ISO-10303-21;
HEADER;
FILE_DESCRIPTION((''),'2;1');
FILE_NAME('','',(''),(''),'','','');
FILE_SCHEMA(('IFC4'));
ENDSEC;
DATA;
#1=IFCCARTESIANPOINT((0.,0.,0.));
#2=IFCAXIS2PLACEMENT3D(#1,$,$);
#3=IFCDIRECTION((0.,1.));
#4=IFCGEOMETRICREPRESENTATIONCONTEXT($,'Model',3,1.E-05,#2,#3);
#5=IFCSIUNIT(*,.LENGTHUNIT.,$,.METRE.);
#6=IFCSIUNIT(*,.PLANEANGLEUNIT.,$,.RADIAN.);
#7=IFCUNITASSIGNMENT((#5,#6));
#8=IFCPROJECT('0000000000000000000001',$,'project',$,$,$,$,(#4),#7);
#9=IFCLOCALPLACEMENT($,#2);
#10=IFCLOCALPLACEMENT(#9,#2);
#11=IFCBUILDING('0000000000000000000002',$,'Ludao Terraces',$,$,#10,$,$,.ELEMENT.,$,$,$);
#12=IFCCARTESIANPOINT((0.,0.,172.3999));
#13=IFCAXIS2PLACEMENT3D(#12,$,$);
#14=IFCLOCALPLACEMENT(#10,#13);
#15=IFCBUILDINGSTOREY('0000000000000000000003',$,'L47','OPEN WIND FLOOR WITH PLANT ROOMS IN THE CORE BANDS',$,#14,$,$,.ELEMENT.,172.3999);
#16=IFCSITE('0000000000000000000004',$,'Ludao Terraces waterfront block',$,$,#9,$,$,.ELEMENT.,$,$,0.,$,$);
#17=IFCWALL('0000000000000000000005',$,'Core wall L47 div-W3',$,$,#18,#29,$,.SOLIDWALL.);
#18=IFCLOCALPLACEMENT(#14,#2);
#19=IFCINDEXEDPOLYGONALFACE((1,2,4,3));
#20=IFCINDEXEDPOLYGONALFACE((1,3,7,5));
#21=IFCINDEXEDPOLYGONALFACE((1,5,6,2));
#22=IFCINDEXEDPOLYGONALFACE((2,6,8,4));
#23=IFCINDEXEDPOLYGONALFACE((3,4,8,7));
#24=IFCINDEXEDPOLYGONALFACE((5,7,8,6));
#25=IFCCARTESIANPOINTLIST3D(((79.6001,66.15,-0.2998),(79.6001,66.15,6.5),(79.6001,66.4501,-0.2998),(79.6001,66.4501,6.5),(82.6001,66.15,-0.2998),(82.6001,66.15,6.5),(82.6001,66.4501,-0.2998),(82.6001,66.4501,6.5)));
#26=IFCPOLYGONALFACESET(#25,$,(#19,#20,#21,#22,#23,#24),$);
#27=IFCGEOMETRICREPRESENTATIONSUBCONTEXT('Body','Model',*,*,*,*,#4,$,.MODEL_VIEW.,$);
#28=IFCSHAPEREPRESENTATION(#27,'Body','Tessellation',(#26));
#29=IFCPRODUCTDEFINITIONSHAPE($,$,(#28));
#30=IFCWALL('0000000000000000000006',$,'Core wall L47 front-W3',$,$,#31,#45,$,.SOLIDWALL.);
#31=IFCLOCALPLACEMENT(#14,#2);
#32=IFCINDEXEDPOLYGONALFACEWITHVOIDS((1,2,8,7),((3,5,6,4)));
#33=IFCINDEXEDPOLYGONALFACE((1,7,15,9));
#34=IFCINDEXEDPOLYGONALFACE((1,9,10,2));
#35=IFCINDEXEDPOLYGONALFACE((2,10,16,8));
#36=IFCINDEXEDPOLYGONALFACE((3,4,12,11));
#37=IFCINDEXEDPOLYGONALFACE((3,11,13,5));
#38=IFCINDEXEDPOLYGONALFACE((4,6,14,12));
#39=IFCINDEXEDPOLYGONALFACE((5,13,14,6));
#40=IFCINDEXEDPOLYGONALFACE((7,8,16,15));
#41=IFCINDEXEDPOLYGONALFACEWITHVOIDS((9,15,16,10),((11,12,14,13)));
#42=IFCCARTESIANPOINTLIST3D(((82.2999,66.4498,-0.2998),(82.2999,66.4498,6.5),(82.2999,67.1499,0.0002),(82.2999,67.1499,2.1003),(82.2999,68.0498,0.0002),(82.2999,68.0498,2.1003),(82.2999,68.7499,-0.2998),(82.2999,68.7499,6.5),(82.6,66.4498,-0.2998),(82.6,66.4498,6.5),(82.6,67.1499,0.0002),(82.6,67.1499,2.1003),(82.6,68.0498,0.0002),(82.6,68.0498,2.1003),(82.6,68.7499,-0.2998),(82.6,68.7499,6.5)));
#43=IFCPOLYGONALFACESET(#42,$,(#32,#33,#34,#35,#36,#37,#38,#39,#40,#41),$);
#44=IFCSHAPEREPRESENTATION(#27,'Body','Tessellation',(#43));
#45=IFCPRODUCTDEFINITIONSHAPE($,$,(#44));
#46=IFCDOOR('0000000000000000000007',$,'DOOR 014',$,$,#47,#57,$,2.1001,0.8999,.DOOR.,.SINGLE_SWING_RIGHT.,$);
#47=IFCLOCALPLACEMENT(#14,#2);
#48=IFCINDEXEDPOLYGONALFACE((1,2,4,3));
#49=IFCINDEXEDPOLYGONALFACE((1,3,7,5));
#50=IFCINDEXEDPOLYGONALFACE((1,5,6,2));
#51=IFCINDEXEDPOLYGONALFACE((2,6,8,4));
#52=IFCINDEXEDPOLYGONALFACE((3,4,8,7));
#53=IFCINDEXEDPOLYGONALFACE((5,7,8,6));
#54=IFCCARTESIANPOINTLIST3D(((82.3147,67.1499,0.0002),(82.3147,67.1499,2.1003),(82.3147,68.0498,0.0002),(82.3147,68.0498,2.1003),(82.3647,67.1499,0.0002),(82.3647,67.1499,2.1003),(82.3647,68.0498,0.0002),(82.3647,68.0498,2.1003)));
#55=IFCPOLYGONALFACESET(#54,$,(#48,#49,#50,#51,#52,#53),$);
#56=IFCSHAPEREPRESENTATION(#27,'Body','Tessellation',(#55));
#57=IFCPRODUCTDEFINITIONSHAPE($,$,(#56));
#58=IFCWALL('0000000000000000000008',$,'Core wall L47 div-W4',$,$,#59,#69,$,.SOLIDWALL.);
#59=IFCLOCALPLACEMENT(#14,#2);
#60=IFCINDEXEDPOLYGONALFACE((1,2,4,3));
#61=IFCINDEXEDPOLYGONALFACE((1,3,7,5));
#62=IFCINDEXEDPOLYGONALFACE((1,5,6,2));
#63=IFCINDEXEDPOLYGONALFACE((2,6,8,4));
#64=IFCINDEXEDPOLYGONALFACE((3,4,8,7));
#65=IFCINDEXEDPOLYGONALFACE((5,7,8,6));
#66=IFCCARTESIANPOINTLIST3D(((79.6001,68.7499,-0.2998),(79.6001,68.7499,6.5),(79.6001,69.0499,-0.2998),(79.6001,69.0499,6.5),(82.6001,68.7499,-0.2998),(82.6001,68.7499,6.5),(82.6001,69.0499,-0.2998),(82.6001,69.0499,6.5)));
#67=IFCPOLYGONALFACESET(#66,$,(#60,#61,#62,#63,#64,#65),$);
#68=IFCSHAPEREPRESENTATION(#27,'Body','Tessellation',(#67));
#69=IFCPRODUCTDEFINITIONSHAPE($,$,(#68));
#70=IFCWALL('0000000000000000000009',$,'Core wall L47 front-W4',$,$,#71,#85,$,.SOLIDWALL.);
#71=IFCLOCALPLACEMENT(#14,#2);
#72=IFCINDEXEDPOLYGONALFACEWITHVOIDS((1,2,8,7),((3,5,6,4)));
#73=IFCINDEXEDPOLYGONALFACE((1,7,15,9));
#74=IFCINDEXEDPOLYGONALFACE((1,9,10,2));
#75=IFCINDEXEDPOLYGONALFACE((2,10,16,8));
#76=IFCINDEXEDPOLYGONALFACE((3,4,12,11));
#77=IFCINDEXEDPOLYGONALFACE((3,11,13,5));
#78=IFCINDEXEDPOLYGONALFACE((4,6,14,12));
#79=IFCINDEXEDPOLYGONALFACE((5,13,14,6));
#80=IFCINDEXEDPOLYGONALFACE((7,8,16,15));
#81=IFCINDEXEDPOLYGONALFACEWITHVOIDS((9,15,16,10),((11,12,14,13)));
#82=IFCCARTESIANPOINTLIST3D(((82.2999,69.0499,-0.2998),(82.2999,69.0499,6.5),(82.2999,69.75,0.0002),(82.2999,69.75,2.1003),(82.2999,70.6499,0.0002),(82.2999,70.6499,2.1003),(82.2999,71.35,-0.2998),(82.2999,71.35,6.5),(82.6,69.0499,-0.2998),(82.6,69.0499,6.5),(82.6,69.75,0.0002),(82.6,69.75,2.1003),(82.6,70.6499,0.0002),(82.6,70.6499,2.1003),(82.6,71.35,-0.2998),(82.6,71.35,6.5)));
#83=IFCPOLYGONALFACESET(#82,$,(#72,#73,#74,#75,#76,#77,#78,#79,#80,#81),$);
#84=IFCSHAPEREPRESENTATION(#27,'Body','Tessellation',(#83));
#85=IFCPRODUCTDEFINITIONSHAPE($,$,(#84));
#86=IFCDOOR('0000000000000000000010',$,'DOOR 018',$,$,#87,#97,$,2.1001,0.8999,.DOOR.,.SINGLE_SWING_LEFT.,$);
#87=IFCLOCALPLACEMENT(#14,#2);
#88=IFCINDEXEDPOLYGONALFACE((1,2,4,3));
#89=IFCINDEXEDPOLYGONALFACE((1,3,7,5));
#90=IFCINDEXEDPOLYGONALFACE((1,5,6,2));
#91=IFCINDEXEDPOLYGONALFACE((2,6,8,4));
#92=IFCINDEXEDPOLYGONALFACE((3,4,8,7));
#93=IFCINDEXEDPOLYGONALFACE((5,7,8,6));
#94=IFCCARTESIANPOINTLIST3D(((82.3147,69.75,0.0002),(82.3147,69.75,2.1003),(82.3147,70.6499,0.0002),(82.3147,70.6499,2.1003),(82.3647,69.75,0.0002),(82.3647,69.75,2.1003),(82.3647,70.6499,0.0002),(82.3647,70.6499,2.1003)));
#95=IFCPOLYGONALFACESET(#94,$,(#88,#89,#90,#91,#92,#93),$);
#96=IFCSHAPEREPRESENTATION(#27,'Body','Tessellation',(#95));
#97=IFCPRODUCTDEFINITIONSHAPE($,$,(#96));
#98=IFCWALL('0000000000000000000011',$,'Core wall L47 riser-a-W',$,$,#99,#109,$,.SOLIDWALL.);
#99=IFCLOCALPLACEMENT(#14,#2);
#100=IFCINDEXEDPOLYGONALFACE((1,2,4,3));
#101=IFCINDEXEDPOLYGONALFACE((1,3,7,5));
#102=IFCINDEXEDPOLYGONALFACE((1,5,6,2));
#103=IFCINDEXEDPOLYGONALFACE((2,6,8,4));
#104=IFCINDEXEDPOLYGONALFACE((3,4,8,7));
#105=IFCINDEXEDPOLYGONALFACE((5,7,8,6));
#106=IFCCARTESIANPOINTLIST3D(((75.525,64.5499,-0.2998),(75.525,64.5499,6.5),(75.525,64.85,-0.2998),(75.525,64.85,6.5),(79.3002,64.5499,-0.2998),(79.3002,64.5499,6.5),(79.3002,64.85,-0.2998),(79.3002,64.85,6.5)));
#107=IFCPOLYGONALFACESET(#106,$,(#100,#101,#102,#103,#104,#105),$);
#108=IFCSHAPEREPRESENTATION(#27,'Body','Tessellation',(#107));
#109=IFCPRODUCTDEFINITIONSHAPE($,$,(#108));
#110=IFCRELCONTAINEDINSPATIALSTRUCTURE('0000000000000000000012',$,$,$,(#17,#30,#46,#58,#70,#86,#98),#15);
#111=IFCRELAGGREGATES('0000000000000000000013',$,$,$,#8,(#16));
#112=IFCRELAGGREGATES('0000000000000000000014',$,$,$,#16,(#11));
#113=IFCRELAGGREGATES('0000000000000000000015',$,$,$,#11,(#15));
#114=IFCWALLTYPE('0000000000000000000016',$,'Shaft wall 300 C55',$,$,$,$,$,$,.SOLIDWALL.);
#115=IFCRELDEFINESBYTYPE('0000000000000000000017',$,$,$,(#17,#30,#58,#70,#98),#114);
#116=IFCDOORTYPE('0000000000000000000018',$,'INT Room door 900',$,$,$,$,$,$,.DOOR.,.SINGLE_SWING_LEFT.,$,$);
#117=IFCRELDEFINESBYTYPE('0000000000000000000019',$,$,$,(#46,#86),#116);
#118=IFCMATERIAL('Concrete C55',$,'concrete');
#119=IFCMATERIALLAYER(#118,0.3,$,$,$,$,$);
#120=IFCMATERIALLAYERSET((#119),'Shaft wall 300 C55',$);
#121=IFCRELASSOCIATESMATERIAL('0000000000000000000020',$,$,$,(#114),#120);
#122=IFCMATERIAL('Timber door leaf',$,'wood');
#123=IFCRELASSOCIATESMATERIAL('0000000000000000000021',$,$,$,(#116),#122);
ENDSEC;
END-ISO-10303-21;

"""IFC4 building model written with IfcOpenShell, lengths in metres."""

from ifc_helpers import new_model, si_unit, direction, frame, frame_2d, origin, place, context, subcontext, project, spatial, rectangle, extrude, material, layer, layer_set, type_object, element, fill, save


model = new_model("IFC4")

# Units and contexts
model_context = context("Model", 3, precision=1e-05, world=origin(), true_north=direction((0.0, 1.0)))
body_context = subcontext(model_context, "Body", "Model", "MODEL_VIEW")
ifc_project = project(units=[si_unit("LENGTHUNIT", "METRE"), si_unit("PLANEANGLEUNIT", "RADIAN")], contexts=[model_context])

# Site, building, storey
site_placement = place(None, origin())
site = spatial("IfcSite", under=ifc_project, at=site_placement, Name="Ludao Terraces waterfront block", CompositionType="ELEMENT", RefElevation=0.0)
building_placement = place(site_placement, origin())
building = spatial("IfcBuilding", under=site, at=building_placement, Name="Ludao Terraces", CompositionType="ELEMENT")
storey_placement = place(building_placement, frame((0.0, 0.0, 172.3999)))
storey = spatial("IfcBuildingStorey", under=building, at=storey_placement, Name="L47", Description="OPEN WIND FLOOR WITH PLANT ROOMS IN THE CORE BANDS", CompositionType="ELEMENT", Elevation=172.3999)

# Shared definitions
ifc_material_1 = material(Name="Concrete C55", Category="concrete")
ifc_layer_1 = layer(ifc_material_1, 0.3)
ifc_layer_set_1 = layer_set([ifc_layer_1], Name="Shaft wall 300 C55")
wall_type_1 = type_object("IfcWallType", Name="Shaft wall 300 C55", PredefinedType="SOLIDWALL", material=ifc_layer_set_1)
ifc_material_2 = material(Name="Timber door leaf", Category="wood")
door_type_1 = type_object("IfcDoorType", Name="INT Room door 900", OperationType="SINGLE_SWING_LEFT", PredefinedType="DOOR", material=ifc_material_2)

# Wall
wall_1_placement = place(storey_placement, frame((79.6001, 66.3, -0.2998), z_axis=(0.0, 0.0, 1.0), x_axis=(1.0, 0.0, 0.0)))
element("IfcWall", 1, at=wall_1_placement, inside=storey, type_object=wall_type_1, Name="Core wall L47 div-W3", PredefinedType="SOLIDWALL", context=body_context, shape_type="SweptSolid", body=[
    extrude(rectangle(XDim=3.0, YDim=0.3, at=frame_2d((1.5, 0.0))), origin(), (0.0, 0.0, 1.0), 6.7998),
])

# Wall, opening, door
wall_2_placement = place(storey_placement, frame((82.45, 66.45, -0.2998), z_axis=(0.0, 0.0, 1.0), x_axis=(0.0, 1.0, 0.0)))
wall_2 = element("IfcWall", 2, at=wall_2_placement, inside=storey, type_object=wall_type_1, Name="Core wall L47 front-W3", PredefinedType="SOLIDWALL", context=body_context, shape_type="SweptSolid", body=[
    extrude(rectangle(XDim=2.3, YDim=0.3, at=frame_2d((1.1499, 0.0))), origin(), (0.0, 0.0, 1.0), 6.7998),
])
opening_1_placement = place(wall_2_placement, frame((0.7, 0.0, 0.3)))
opening_1 = element("IfcOpeningElement", 3, at=opening_1_placement, cuts=wall_2, PredefinedType="OPENING", context=body_context, shape_type="SweptSolid", body=[
    extrude(rectangle(XDim=0.8999, YDim=2.1001, at=frame_2d((0.45, 1.05))), frame((0.0, 0.1602, 0.0), z_axis=(0.0, -1.0, 0.0), x_axis=(1.0, 0.0, 0.0)), (0.0, 0.0, 1.0), 0.3201),
])
door_1_placement = place(opening_1_placement, origin())
door_1 = element("IfcDoor", 4, at=door_1_placement, inside=storey, type_object=door_type_1, Name="DOOR 014", OperationType="SINGLE_SWING_RIGHT", OverallHeight=2.1001, OverallWidth=0.8999, PredefinedType="DOOR", context=body_context, shape_type="SweptSolid", body=[
    extrude(rectangle(XDim=0.8999, YDim=2.1001, at=frame_2d((0.45, 1.05))), frame((0.0, 0.1353, 0.0), z_axis=(0.0, -1.0, 0.0), x_axis=(1.0, 0.0, 0.0)), (0.0, 0.0, 1.0), 0.05),
])
fill(opening_1, door_1)

# Wall
wall_3_placement = place(storey_placement, frame((79.6001, 68.8999, -0.2998), z_axis=(0.0, 0.0, 1.0), x_axis=(1.0, 0.0, 0.0)))
element("IfcWall", 5, at=wall_3_placement, inside=storey, type_object=wall_type_1, Name="Core wall L47 div-W4", PredefinedType="SOLIDWALL", context=body_context, shape_type="SweptSolid", body=[
    extrude(rectangle(XDim=3.0, YDim=0.3, at=frame_2d((1.5, 0.0))), origin(), (0.0, 0.0, 1.0), 6.7998),
])

# Wall, opening, door
wall_4_placement = place(storey_placement, frame((82.45, 69.05, -0.2998), z_axis=(0.0, 0.0, 1.0), x_axis=(0.0, 1.0, 0.0)))
wall_4 = element("IfcWall", 6, at=wall_4_placement, inside=storey, type_object=wall_type_1, Name="Core wall L47 front-W4", PredefinedType="SOLIDWALL", context=body_context, shape_type="SweptSolid", body=[
    extrude(rectangle(XDim=2.3, YDim=0.3, at=frame_2d((1.1499, 0.0))), origin(), (0.0, 0.0, 1.0), 6.7998),
])
opening_2_placement = place(wall_4_placement, frame((0.7, 0.0, 0.3)))
opening_2 = element("IfcOpeningElement", 7, at=opening_2_placement, cuts=wall_4, PredefinedType="OPENING", context=body_context, shape_type="SweptSolid", body=[
    extrude(rectangle(XDim=0.8999, YDim=2.1001, at=frame_2d((0.45, 1.05))), frame((0.0, 0.1602, 0.0), z_axis=(0.0, -1.0, 0.0), x_axis=(1.0, 0.0, 0.0)), (0.0, 0.0, 1.0), 0.3201),
])
door_2_placement = place(opening_2_placement, origin())
door_2 = element("IfcDoor", 8, at=door_2_placement, inside=storey, type_object=door_type_1, Name="DOOR 018", OperationType="SINGLE_SWING_LEFT", OverallHeight=2.1001, OverallWidth=0.8999, PredefinedType="DOOR", context=body_context, shape_type="SweptSolid", body=[
    extrude(rectangle(XDim=0.8999, YDim=2.1001, at=frame_2d((0.45, 1.05))), frame((0.0, 0.1353, 0.0), z_axis=(0.0, -1.0, 0.0), x_axis=(1.0, 0.0, 0.0)), (0.0, 0.0, 1.0), 0.05),
])
fill(opening_2, door_2)

# Wall
wall_5_placement = place(storey_placement, frame((75.5249, 64.7, -0.2998), z_axis=(0.0, 0.0, 1.0), x_axis=(1.0, 0.0, 0.0)))
element("IfcWall", 9, at=wall_5_placement, inside=storey, type_object=wall_type_1, Name="Core wall L47 riser-a-W", PredefinedType="SOLIDWALL", context=body_context, shape_type="SweptSolid", body=[
    extrude(rectangle(XDim=3.7751, YDim=0.3, at=frame_2d((1.8877, 0.0))), origin(), (0.0, 0.0, 1.0), 6.7998),
])

save(model, "model.ifc")
